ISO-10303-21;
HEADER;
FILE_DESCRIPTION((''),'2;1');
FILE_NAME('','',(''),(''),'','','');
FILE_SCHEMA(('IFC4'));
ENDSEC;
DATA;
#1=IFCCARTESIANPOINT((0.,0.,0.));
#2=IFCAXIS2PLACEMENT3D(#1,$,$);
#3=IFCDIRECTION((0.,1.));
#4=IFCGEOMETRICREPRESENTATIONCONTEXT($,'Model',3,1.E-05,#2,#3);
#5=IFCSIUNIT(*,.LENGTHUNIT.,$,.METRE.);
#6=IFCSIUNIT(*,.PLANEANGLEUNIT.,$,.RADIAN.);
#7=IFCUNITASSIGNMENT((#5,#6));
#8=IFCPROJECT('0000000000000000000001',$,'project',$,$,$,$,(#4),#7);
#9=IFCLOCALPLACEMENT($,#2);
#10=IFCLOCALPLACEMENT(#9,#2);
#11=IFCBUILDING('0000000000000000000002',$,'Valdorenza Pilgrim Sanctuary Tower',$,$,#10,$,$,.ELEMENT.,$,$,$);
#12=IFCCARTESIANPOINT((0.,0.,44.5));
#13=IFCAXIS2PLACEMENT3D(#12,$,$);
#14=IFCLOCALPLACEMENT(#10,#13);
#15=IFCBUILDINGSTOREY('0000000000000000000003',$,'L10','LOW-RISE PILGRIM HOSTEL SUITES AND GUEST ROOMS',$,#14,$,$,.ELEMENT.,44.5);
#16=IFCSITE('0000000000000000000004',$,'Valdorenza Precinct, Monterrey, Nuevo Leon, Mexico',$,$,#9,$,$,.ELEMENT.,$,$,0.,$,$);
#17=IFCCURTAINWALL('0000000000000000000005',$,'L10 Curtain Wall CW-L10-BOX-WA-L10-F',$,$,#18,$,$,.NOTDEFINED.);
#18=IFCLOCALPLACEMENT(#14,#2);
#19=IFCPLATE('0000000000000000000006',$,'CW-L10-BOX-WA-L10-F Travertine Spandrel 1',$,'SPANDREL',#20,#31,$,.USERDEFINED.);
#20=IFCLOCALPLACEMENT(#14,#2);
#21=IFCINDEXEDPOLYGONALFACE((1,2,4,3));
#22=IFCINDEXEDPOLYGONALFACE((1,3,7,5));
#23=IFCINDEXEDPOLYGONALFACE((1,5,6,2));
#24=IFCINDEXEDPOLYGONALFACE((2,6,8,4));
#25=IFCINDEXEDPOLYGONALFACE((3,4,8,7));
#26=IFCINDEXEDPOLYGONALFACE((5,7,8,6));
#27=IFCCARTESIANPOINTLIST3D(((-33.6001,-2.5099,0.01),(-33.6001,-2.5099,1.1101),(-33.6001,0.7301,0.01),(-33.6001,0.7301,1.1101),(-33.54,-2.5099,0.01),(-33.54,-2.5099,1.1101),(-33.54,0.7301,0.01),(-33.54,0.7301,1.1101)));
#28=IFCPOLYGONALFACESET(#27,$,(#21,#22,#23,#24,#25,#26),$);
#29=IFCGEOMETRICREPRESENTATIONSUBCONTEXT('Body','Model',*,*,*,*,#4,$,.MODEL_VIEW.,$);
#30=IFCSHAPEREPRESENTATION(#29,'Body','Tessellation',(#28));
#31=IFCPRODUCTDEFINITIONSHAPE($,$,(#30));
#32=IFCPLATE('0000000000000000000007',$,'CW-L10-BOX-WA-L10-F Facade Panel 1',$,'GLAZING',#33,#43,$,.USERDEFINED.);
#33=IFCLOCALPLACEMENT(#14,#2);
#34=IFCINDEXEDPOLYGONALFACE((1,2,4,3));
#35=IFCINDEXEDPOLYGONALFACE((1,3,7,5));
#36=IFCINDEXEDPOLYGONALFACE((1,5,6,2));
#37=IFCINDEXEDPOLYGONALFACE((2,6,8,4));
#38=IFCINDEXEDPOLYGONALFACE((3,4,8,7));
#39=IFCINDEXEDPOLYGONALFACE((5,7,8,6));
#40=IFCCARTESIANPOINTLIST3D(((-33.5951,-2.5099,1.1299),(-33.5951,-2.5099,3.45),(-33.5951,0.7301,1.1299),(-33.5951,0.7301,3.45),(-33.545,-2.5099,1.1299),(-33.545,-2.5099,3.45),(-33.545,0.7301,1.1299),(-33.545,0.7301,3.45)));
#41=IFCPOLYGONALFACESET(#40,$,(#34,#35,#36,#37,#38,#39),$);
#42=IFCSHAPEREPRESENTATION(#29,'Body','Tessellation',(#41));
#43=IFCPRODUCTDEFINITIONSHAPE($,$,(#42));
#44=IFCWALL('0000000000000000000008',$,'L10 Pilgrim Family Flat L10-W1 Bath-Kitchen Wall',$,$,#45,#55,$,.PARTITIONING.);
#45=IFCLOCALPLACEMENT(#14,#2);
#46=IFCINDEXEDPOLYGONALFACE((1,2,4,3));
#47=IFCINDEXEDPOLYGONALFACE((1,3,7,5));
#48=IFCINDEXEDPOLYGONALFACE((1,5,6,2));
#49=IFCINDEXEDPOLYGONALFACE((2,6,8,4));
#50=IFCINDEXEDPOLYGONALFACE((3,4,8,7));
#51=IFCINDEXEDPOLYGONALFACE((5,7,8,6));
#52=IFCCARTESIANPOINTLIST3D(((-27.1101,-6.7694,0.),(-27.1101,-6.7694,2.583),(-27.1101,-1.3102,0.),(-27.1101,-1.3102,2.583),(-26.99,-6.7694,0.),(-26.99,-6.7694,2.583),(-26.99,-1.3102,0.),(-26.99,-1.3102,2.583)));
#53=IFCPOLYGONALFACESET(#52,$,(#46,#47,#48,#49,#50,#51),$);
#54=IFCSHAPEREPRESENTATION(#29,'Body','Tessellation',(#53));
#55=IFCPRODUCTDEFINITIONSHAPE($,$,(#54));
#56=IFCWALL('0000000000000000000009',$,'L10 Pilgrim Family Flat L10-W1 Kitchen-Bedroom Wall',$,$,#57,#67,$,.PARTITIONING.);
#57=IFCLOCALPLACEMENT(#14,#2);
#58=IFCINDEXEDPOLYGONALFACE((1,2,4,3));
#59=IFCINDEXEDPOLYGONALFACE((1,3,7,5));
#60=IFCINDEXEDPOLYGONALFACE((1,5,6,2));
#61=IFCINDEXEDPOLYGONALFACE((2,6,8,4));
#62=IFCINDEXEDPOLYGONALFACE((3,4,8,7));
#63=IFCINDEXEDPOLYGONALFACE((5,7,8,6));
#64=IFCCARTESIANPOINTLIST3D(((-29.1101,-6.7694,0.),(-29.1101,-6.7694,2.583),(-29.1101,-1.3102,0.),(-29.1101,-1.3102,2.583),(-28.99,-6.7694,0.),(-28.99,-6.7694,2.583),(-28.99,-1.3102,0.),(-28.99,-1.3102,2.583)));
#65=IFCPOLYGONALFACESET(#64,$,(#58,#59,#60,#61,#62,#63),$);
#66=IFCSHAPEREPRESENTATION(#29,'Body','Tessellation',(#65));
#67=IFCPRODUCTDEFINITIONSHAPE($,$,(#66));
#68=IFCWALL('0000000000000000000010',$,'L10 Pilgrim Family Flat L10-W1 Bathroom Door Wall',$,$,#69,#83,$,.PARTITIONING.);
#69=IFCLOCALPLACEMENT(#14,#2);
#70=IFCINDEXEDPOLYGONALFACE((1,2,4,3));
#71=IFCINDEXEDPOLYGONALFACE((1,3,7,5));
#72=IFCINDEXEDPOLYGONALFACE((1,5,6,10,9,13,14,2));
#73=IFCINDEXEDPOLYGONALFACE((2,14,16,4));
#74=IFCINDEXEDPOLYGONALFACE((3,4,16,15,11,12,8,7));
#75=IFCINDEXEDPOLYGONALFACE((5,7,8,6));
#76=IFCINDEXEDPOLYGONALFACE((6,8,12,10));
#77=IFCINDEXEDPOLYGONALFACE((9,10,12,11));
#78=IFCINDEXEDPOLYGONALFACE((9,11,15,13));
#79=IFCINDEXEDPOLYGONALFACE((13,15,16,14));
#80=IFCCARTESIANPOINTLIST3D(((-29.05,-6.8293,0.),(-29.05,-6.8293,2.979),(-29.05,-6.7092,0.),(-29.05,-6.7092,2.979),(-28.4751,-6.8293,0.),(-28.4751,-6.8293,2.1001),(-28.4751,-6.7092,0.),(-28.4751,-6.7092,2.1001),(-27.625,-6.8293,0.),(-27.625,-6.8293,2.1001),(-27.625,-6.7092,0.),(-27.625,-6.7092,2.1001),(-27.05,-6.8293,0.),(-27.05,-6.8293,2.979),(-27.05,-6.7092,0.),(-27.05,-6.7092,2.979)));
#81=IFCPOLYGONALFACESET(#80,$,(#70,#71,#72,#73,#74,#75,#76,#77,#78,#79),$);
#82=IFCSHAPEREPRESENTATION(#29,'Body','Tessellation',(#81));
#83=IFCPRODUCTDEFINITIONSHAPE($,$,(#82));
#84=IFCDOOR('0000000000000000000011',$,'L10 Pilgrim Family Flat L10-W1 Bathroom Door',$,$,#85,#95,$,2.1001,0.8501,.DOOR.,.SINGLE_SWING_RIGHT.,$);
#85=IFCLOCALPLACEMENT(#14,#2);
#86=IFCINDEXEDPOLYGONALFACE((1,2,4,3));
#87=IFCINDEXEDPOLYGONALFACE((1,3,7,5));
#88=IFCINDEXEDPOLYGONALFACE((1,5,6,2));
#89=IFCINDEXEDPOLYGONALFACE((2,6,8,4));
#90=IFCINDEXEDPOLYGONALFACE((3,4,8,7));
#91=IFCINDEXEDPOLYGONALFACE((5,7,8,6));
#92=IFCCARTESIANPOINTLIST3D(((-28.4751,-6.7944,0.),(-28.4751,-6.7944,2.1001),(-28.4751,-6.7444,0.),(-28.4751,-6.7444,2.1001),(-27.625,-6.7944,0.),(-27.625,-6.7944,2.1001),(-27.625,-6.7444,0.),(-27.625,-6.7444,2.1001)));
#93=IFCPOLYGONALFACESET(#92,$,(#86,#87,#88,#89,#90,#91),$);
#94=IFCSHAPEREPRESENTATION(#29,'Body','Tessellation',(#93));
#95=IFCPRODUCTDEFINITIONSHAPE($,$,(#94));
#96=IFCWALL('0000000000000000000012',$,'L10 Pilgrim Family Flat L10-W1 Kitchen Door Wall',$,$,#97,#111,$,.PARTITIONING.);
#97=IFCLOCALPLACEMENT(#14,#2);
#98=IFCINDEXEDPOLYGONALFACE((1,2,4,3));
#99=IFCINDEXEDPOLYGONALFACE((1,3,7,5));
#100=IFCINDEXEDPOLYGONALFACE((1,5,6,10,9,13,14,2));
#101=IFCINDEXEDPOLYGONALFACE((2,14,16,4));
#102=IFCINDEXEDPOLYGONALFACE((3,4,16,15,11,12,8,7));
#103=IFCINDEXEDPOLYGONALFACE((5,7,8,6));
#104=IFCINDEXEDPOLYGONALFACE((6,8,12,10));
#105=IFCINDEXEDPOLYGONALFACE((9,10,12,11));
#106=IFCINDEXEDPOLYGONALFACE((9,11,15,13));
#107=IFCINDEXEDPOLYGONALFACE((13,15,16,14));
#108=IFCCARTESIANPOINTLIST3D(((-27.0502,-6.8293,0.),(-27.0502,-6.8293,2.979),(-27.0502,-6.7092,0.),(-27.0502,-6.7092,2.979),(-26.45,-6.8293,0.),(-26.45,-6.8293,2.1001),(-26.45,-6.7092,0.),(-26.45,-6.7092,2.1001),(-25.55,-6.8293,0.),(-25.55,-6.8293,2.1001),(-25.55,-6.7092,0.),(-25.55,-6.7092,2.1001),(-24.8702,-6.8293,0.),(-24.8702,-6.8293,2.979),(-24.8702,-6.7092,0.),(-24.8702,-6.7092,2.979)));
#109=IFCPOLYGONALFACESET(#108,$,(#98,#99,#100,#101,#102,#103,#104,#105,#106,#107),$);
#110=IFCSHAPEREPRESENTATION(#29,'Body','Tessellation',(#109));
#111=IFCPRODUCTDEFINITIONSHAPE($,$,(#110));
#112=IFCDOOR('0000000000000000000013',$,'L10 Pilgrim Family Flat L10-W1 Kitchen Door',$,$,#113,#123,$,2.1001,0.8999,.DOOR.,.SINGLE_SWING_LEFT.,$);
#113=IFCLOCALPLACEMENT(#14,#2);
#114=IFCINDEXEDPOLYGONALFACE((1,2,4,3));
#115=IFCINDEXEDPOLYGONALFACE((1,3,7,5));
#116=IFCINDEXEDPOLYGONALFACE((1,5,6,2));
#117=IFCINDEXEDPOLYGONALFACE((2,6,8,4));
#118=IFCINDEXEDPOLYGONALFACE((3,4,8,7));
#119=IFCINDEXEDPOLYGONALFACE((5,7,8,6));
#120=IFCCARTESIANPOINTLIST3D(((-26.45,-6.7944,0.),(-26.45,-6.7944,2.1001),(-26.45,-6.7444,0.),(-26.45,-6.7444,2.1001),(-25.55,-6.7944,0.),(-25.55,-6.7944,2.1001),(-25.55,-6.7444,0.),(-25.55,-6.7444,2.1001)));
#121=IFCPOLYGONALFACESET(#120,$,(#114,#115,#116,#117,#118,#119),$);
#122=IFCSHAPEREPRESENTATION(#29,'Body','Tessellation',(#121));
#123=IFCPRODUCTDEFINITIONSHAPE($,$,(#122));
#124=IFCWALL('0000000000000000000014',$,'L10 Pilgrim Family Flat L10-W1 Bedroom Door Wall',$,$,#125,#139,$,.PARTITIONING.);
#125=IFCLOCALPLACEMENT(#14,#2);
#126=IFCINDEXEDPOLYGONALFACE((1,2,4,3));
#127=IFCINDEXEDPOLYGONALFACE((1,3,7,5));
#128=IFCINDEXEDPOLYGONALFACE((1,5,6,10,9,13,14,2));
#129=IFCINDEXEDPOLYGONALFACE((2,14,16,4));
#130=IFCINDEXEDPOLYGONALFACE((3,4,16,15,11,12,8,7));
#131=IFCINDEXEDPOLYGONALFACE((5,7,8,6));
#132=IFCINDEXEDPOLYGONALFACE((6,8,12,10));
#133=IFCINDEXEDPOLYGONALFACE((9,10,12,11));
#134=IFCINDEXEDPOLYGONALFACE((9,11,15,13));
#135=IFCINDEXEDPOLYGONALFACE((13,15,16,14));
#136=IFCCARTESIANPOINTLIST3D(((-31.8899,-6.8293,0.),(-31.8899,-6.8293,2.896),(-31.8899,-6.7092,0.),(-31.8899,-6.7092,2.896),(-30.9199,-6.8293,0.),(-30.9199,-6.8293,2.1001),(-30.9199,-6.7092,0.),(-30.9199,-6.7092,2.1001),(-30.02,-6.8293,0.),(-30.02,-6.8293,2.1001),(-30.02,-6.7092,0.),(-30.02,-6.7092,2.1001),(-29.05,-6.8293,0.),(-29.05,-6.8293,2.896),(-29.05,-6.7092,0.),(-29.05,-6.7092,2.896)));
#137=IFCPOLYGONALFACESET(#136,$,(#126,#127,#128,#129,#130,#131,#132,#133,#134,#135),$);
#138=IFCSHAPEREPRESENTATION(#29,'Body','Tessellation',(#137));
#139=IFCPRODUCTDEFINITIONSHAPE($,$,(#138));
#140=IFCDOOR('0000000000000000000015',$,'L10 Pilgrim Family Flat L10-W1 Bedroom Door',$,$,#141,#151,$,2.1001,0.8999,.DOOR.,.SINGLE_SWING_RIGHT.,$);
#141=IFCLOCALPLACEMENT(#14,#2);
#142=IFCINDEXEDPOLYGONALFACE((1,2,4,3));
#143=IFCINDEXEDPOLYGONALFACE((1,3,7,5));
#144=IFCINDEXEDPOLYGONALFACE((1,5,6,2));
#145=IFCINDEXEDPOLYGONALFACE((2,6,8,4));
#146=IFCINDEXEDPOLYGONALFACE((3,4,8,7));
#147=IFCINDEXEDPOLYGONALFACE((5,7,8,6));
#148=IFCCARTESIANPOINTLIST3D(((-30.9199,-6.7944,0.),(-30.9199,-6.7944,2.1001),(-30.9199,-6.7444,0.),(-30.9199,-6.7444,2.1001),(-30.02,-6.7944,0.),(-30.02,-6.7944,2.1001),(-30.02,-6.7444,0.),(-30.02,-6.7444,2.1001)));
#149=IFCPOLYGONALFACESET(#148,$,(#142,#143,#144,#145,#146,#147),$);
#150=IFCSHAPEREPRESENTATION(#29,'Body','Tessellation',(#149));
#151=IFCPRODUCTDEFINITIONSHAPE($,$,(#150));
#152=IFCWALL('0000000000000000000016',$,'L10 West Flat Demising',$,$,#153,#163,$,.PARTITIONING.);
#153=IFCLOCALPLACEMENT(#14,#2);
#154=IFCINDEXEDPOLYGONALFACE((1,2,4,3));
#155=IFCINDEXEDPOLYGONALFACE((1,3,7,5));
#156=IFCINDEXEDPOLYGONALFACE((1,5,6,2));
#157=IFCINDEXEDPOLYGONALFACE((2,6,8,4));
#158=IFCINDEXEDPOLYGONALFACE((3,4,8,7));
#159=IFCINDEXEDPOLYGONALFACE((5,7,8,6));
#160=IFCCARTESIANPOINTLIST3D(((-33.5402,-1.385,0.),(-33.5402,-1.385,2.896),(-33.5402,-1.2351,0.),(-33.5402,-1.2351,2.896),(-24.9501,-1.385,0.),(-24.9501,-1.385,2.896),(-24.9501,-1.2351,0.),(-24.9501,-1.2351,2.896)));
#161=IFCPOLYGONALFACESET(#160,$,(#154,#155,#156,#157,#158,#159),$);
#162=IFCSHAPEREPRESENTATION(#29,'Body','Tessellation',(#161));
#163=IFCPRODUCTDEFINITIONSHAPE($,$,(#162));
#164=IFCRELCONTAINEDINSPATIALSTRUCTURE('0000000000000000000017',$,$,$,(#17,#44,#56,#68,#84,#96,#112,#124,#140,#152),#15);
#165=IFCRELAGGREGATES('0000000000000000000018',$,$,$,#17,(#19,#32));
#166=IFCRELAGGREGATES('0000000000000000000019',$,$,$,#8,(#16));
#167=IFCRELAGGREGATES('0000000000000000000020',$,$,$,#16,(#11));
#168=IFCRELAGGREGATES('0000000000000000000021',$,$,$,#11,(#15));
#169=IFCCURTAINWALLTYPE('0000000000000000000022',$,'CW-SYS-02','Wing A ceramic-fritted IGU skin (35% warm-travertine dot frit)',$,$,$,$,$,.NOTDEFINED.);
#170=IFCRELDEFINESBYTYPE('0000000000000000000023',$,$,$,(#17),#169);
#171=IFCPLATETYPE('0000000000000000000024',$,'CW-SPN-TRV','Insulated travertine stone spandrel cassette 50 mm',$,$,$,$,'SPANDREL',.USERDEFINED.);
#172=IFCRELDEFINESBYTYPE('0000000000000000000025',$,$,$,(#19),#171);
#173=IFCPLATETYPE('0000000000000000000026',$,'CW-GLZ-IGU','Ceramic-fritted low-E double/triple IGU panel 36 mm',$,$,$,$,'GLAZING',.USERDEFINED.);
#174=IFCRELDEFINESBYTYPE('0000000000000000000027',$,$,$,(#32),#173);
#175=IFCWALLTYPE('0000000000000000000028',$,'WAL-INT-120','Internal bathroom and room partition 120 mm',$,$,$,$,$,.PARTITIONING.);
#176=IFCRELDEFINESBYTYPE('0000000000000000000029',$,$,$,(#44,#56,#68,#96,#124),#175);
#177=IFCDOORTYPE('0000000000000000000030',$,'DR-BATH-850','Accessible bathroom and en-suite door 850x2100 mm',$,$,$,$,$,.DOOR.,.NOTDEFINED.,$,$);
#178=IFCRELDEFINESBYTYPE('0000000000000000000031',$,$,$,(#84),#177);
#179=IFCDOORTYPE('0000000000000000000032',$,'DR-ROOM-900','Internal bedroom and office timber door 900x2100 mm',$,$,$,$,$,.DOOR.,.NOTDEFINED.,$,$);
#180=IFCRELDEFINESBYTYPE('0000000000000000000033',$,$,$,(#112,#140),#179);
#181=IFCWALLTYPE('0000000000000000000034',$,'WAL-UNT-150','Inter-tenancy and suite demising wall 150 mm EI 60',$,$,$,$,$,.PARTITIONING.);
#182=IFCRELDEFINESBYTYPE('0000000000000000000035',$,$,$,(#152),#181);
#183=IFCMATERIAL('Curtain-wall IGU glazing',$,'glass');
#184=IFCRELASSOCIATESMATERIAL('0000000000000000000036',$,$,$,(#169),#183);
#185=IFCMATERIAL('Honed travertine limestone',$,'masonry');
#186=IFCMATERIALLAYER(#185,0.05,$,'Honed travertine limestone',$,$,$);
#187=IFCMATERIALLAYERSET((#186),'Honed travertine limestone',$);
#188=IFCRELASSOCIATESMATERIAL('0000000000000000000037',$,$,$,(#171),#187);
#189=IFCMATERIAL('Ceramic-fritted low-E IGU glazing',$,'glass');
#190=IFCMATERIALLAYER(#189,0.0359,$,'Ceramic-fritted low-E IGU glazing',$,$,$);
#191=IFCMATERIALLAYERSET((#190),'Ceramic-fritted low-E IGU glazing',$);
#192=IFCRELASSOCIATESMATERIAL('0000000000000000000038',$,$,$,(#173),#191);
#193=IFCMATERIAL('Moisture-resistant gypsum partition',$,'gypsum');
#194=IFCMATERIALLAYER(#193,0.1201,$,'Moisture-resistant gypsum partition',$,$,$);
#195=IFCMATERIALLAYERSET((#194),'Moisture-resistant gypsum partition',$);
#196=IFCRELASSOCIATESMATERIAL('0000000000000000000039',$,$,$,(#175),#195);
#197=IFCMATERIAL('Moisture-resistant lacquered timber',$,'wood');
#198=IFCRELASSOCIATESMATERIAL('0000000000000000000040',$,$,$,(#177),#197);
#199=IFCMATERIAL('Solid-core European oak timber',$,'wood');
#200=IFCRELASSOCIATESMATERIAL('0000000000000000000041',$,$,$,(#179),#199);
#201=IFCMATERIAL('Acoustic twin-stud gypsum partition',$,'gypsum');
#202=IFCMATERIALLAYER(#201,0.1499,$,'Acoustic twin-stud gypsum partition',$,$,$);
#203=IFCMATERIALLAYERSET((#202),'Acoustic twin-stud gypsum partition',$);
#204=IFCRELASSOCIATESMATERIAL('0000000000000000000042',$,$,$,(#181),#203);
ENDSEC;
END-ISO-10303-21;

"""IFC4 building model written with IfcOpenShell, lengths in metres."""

from ifc_helpers import new_model, si_unit, direction, frame, frame_2d, origin, origin_2d, place, context, subcontext, project, spatial, rectangle, extrude, source, transform, mapped, material, layer, layer_set, type_object, element, fill, aggregate, save


model = new_model("IFC4")

# Units and contexts
model_context = context("Model", 3, precision=1e-05, world=origin(), true_north=direction((0.0, 1.0)))
body_context = subcontext(model_context, "Body", "Model", "MODEL_VIEW")
ifc_project = project(units=[si_unit("LENGTHUNIT", "METRE"), si_unit("PLANEANGLEUNIT", "RADIAN")], contexts=[model_context])

# Site, building, storey
site_placement = place(None, origin())
site = spatial("IfcSite", under=ifc_project, at=site_placement, Name="Valdorenza Precinct, Monterrey, Nuevo Leon, Mexico", CompositionType="ELEMENT", RefElevation=0.0)
building_placement = place(site_placement, origin())
building = spatial("IfcBuilding", under=site, at=building_placement, Name="Valdorenza Pilgrim Sanctuary Tower", CompositionType="ELEMENT")
storey_placement = place(building_placement, frame((0.0, 0.0, 44.5)))
storey = spatial("IfcBuildingStorey", under=building, at=storey_placement, Name="L10", Description="LOW-RISE PILGRIM HOSTEL SUITES AND GUEST ROOMS", CompositionType="ELEMENT", Elevation=44.5)

# Shared definitions
ifc_material_1 = material(Name="Curtain-wall IGU glazing", Category="glass")
curtain_wall_type = type_object("IfcCurtainWallType", Name="CW-SYS-02", Description="Wing A ceramic-fritted IGU skin (35% warm-travertine dot frit)", PredefinedType="NOTDEFINED", material=ifc_material_1)

# Curtain wall
curtain_wall_1_placement = place(storey_placement, origin())
curtain_wall_1 = element("IfcCurtainWall", 1, at=curtain_wall_1_placement, inside=storey, type_object=curtain_wall_type, Name="L10 Curtain Wall CW-L10-BOX-WA-L10-F", PredefinedType="NOTDEFINED")

# Plates
ifc_material_2 = material(Name="Honed travertine limestone", Category="masonry")
ifc_layer_1 = layer(ifc_material_2, 0.05, Name="Honed travertine limestone")
ifc_layer_set_1 = layer_set([ifc_layer_1], Name="Honed travertine limestone")
plate_type_1 = type_object("IfcPlateType", Name="CW-SPN-TRV", Description="Insulated travertine stone spandrel cassette 50 mm", ElementType="SPANDREL", PredefinedType="USERDEFINED", material=ifc_layer_set_1)
ifc_material_3 = material(Name="Ceramic-fritted low-E IGU glazing", Category="glass")
ifc_layer_2 = layer(ifc_material_3, 0.0359, Name="Ceramic-fritted low-E IGU glazing")
ifc_layer_set_2 = layer_set([ifc_layer_2], Name="Ceramic-fritted low-E IGU glazing")
plate_type_2 = type_object("IfcPlateType", Name="CW-GLZ-IGU", Description="Ceramic-fritted low-E double/triple IGU panel 36 mm", ElementType="GLAZING", PredefinedType="USERDEFINED", material=ifc_layer_set_2)
shared_shape_1 = source(origin(), body_context, "Body", "SweptSolid", [
    extrude(rectangle(XDim=3.24, YDim=0.0601, at=origin_2d()), origin(), (0.0, 0.0, 1.0), 1.1001),
])
plate_1_placement = place(storey_placement, frame((-33.5701, -0.8899, 0.01), z_axis=(0.0, 0.0, 1.0), x_axis=(0.0, 1.0, 0.0)))
plate_1 = element("IfcPlate", 2, at=plate_1_placement, type_object=plate_type_1, Name="CW-L10-BOX-WA-L10-F Travertine Spandrel 1", ObjectType="SPANDREL", PredefinedType="USERDEFINED", context=body_context, shape_type="MappedRepresentation", body=[
    mapped(shared_shape_1, transform((0.0, 0.0, 0.0), x_axis=(1.0, 0.0, 0.0), y_axis=(0.0, 1.0, 0.0), z_axis=(0.0, 0.0, 1.0), scale=1.0)),
])
shared_shape_2 = source(origin(), body_context, "Body", "SweptSolid", [
    extrude(rectangle(XDim=3.24, YDim=0.05, at=origin_2d()), origin(), (0.0, 0.0, 1.0), 2.3201),
])
plate_2_placement = place(storey_placement, frame((-33.5701, -0.8899, 1.1299), z_axis=(0.0, 0.0, 1.0), x_axis=(0.0, 1.0, 0.0)))
plate_2 = element("IfcPlate", 3, at=plate_2_placement, type_object=plate_type_2, Name="CW-L10-BOX-WA-L10-F Facade Panel 1", ObjectType="GLAZING", PredefinedType="USERDEFINED", context=body_context, shape_type="MappedRepresentation", body=[
    mapped(shared_shape_2, transform((0.0, 0.0, 0.0), x_axis=(1.0, 0.0, 0.0), y_axis=(0.0, 1.0, 0.0), z_axis=(0.0, 0.0, 1.0), scale=1.0)),
])
aggregate(curtain_wall_1, [plate_1, plate_2])

# Walls
ifc_material_4 = material(Name="Moisture-resistant gypsum partition", Category="gypsum")
ifc_layer_3 = layer(ifc_material_4, 0.1201, Name="Moisture-resistant gypsum partition")
ifc_layer_set_3 = layer_set([ifc_layer_3], Name="Moisture-resistant gypsum partition")
wall_type_1 = type_object("IfcWallType", Name="WAL-INT-120", Description="Internal bathroom and room partition 120 mm", PredefinedType="PARTITIONING", material=ifc_layer_set_3)
for number, where, z_axis, x_axis, name in (
    (4, (-27.05, -6.7693, 0.0), (0.0, 0.0, 1.0), (0.0, 1.0, 0.0), "L10 Pilgrim Family Flat L10-W1 Bath-Kitchen Wall"),
    (5, (-29.05, -6.7693, 0.0), (0.0, 0.0, 1.0), (0.0, 1.0, 0.0), "L10 Pilgrim Family Flat L10-W1 Kitchen-Bedroom Wall"),
):
    element("IfcWall", number, at=place(storey_placement, frame(where, z_axis=z_axis, x_axis=x_axis)), inside=storey, type_object=wall_type_1, Name=name, PredefinedType="PARTITIONING", context=body_context, shape_type="SweptSolid", body=[
        extrude(rectangle(XDim=5.4592, YDim=0.1201, at=frame_2d((2.7295, 0.0))), origin(), (0.0, 0.0, 1.0), 2.583),
    ])

# Walls, openings, doors
wall_1_placement = place(storey_placement, frame((-29.05, -6.7693, 0.0), z_axis=(0.0, 0.0, 1.0), x_axis=(1.0, 0.0, 0.0)))
wall_1 = element("IfcWall", 6, at=wall_1_placement, inside=storey, type_object=wall_type_1, Name="L10 Pilgrim Family Flat L10-W1 Bathroom Door Wall", PredefinedType="PARTITIONING", context=body_context, shape_type="SweptSolid", body=[
    extrude(rectangle(XDim=2.0, YDim=0.1201, at=frame_2d((1.0, 0.0))), origin(), (0.0, 0.0, 1.0), 2.979),
])
opening_1_placement = place(wall_1_placement, frame((0.575, 0.0, 0.0)))
opening_1 = element("IfcOpeningElement", 7, at=opening_1_placement, cuts=wall_1, PredefinedType="OPENING", context=body_context, shape_type="SweptSolid", body=[
    extrude(rectangle(XDim=0.8501, YDim=2.1001, at=frame_2d((0.425, 1.05))), frame((0.0, 0.075, 0.0), z_axis=(0.0, -1.0, 0.0), x_axis=(1.0, 0.0, 0.0)), (0.0, 0.0, 1.0), 0.1499),
])
ifc_material_5 = material(Name="Moisture-resistant lacquered timber", Category="wood")
door_type_1 = type_object("IfcDoorType", Name="DR-BATH-850", Description="Accessible bathroom and en-suite door 850x2100 mm", OperationType="NOTDEFINED", PredefinedType="DOOR", material=ifc_material_5)
door_1_placement = place(opening_1_placement, origin())
door_1 = element("IfcDoor", 8, at=door_1_placement, inside=storey, type_object=door_type_1, Name="L10 Pilgrim Family Flat L10-W1 Bathroom Door", OperationType="SINGLE_SWING_RIGHT", OverallHeight=2.1001, OverallWidth=0.8501, PredefinedType="DOOR", context=body_context, shape_type="SweptSolid", body=[
    extrude(rectangle(XDim=0.8501, YDim=2.1001, at=frame_2d((0.425, 1.05))), frame((0.0, 0.0249, 0.0), z_axis=(0.0, -1.0, 0.0), x_axis=(1.0, 0.0, 0.0)), (0.0, 0.0, 1.0), 0.05),
])
fill(opening_1, door_1)
wall_2_placement = place(storey_placement, frame((-27.05, -6.7693, 0.0), z_axis=(0.0, 0.0, 1.0), x_axis=(1.0, 0.0, 0.0)))
wall_2 = element("IfcWall", 9, at=wall_2_placement, inside=storey, type_object=wall_type_1, Name="L10 Pilgrim Family Flat L10-W1 Kitchen Door Wall", PredefinedType="PARTITIONING", context=body_context, shape_type="SweptSolid", body=[
    extrude(rectangle(XDim=2.1799, YDim=0.1201, at=frame_2d((1.0898, 0.0))), origin(), (0.0, 0.0, 1.0), 2.979),
])
opening_2_placement = place(wall_2_placement, frame((0.6001, 0.0, 0.0)))
opening_2 = element("IfcOpeningElement", 10, at=opening_2_placement, cuts=wall_2, PredefinedType="OPENING", context=body_context, shape_type="SweptSolid", body=[
    extrude(rectangle(XDim=0.8999, YDim=2.1001, at=frame_2d((0.45, 1.05))), frame((0.0, 0.075, 0.0), z_axis=(0.0, -1.0, 0.0), x_axis=(1.0, 0.0, 0.0)), (0.0, 0.0, 1.0), 0.1499),
])
ifc_material_6 = material(Name="Solid-core European oak timber", Category="wood")
door_type_2 = type_object("IfcDoorType", Name="DR-ROOM-900", Description="Internal bedroom and office timber door 900x2100 mm", OperationType="NOTDEFINED", PredefinedType="DOOR", material=ifc_material_6)
door_2_placement = place(opening_2_placement, origin())
door_2 = element("IfcDoor", 11, at=door_2_placement, inside=storey, type_object=door_type_2, Name="L10 Pilgrim Family Flat L10-W1 Kitchen Door", OperationType="SINGLE_SWING_LEFT", OverallHeight=2.1001, OverallWidth=0.8999, PredefinedType="DOOR", context=body_context, shape_type="SweptSolid", body=[
    extrude(rectangle(XDim=0.8999, YDim=2.1001, at=frame_2d((0.45, 1.05))), frame((0.0, 0.0249, 0.0), z_axis=(0.0, -1.0, 0.0), x_axis=(1.0, 0.0, 0.0)), (0.0, 0.0, 1.0), 0.05),
])
fill(opening_2, door_2)
wall_3_placement = place(storey_placement, frame((-31.8899, -6.7693, 0.0), z_axis=(0.0, 0.0, 1.0), x_axis=(1.0, 0.0, 0.0)))
wall_3 = element("IfcWall", 12, at=wall_3_placement, inside=storey, type_object=wall_type_1, Name="L10 Pilgrim Family Flat L10-W1 Bedroom Door Wall", PredefinedType="PARTITIONING", context=body_context, shape_type="SweptSolid", body=[
    extrude(rectangle(XDim=2.8398, YDim=0.1201, at=frame_2d((1.4199, 0.0))), origin(), (0.0, 0.0, 1.0), 2.896),
])
opening_3_placement = place(wall_3_placement, frame((0.97, 0.0, 0.0)))
opening_3 = element("IfcOpeningElement", 13, at=opening_3_placement, cuts=wall_3, PredefinedType="OPENING", context=body_context, shape_type="SweptSolid", body=[
    extrude(rectangle(XDim=0.8999, YDim=2.1001, at=frame_2d((0.45, 1.05))), frame((0.0, 0.075, 0.0), z_axis=(0.0, -1.0, 0.0), x_axis=(1.0, 0.0, 0.0)), (0.0, 0.0, 1.0), 0.1499),
])
door_3_placement = place(opening_3_placement, origin())
door_3 = element("IfcDoor", 14, at=door_3_placement, inside=storey, type_object=door_type_2, Name="L10 Pilgrim Family Flat L10-W1 Bedroom Door", OperationType="SINGLE_SWING_RIGHT", OverallHeight=2.1001, OverallWidth=0.8999, PredefinedType="DOOR", context=body_context, shape_type="SweptSolid", body=[
    extrude(rectangle(XDim=0.8999, YDim=2.1001, at=frame_2d((0.45, 1.05))), frame((0.0, 0.0249, 0.0), z_axis=(0.0, -1.0, 0.0), x_axis=(1.0, 0.0, 0.0)), (0.0, 0.0, 1.0), 0.05),
])
fill(opening_3, door_3)

# Wall
ifc_material_7 = material(Name="Acoustic twin-stud gypsum partition", Category="gypsum")
ifc_layer_4 = layer(ifc_material_7, 0.1499, Name="Acoustic twin-stud gypsum partition")
ifc_layer_set_4 = layer_set([ifc_layer_4], Name="Acoustic twin-stud gypsum partition")
wall_type_2 = type_object("IfcWallType", Name="WAL-UNT-150", Description="Inter-tenancy and suite demising wall 150 mm EI 60", PredefinedType="PARTITIONING", material=ifc_layer_set_4)
wall_4_placement = place(storey_placement, frame((-33.54, -1.3101, 0.0), z_axis=(0.0, 0.0, 1.0), x_axis=(1.0, 0.0, 0.0)))
element("IfcWall", 15, at=wall_4_placement, inside=storey, type_object=wall_type_2, Name="L10 West Flat Demising", PredefinedType="PARTITIONING", context=body_context, shape_type="SweptSolid", body=[
    extrude(rectangle(XDim=8.5901, YDim=0.1499, at=frame_2d((4.2949, 0.0))), origin(), (0.0, 0.0, 1.0), 2.896),
])

save(model, "model.ifc")
